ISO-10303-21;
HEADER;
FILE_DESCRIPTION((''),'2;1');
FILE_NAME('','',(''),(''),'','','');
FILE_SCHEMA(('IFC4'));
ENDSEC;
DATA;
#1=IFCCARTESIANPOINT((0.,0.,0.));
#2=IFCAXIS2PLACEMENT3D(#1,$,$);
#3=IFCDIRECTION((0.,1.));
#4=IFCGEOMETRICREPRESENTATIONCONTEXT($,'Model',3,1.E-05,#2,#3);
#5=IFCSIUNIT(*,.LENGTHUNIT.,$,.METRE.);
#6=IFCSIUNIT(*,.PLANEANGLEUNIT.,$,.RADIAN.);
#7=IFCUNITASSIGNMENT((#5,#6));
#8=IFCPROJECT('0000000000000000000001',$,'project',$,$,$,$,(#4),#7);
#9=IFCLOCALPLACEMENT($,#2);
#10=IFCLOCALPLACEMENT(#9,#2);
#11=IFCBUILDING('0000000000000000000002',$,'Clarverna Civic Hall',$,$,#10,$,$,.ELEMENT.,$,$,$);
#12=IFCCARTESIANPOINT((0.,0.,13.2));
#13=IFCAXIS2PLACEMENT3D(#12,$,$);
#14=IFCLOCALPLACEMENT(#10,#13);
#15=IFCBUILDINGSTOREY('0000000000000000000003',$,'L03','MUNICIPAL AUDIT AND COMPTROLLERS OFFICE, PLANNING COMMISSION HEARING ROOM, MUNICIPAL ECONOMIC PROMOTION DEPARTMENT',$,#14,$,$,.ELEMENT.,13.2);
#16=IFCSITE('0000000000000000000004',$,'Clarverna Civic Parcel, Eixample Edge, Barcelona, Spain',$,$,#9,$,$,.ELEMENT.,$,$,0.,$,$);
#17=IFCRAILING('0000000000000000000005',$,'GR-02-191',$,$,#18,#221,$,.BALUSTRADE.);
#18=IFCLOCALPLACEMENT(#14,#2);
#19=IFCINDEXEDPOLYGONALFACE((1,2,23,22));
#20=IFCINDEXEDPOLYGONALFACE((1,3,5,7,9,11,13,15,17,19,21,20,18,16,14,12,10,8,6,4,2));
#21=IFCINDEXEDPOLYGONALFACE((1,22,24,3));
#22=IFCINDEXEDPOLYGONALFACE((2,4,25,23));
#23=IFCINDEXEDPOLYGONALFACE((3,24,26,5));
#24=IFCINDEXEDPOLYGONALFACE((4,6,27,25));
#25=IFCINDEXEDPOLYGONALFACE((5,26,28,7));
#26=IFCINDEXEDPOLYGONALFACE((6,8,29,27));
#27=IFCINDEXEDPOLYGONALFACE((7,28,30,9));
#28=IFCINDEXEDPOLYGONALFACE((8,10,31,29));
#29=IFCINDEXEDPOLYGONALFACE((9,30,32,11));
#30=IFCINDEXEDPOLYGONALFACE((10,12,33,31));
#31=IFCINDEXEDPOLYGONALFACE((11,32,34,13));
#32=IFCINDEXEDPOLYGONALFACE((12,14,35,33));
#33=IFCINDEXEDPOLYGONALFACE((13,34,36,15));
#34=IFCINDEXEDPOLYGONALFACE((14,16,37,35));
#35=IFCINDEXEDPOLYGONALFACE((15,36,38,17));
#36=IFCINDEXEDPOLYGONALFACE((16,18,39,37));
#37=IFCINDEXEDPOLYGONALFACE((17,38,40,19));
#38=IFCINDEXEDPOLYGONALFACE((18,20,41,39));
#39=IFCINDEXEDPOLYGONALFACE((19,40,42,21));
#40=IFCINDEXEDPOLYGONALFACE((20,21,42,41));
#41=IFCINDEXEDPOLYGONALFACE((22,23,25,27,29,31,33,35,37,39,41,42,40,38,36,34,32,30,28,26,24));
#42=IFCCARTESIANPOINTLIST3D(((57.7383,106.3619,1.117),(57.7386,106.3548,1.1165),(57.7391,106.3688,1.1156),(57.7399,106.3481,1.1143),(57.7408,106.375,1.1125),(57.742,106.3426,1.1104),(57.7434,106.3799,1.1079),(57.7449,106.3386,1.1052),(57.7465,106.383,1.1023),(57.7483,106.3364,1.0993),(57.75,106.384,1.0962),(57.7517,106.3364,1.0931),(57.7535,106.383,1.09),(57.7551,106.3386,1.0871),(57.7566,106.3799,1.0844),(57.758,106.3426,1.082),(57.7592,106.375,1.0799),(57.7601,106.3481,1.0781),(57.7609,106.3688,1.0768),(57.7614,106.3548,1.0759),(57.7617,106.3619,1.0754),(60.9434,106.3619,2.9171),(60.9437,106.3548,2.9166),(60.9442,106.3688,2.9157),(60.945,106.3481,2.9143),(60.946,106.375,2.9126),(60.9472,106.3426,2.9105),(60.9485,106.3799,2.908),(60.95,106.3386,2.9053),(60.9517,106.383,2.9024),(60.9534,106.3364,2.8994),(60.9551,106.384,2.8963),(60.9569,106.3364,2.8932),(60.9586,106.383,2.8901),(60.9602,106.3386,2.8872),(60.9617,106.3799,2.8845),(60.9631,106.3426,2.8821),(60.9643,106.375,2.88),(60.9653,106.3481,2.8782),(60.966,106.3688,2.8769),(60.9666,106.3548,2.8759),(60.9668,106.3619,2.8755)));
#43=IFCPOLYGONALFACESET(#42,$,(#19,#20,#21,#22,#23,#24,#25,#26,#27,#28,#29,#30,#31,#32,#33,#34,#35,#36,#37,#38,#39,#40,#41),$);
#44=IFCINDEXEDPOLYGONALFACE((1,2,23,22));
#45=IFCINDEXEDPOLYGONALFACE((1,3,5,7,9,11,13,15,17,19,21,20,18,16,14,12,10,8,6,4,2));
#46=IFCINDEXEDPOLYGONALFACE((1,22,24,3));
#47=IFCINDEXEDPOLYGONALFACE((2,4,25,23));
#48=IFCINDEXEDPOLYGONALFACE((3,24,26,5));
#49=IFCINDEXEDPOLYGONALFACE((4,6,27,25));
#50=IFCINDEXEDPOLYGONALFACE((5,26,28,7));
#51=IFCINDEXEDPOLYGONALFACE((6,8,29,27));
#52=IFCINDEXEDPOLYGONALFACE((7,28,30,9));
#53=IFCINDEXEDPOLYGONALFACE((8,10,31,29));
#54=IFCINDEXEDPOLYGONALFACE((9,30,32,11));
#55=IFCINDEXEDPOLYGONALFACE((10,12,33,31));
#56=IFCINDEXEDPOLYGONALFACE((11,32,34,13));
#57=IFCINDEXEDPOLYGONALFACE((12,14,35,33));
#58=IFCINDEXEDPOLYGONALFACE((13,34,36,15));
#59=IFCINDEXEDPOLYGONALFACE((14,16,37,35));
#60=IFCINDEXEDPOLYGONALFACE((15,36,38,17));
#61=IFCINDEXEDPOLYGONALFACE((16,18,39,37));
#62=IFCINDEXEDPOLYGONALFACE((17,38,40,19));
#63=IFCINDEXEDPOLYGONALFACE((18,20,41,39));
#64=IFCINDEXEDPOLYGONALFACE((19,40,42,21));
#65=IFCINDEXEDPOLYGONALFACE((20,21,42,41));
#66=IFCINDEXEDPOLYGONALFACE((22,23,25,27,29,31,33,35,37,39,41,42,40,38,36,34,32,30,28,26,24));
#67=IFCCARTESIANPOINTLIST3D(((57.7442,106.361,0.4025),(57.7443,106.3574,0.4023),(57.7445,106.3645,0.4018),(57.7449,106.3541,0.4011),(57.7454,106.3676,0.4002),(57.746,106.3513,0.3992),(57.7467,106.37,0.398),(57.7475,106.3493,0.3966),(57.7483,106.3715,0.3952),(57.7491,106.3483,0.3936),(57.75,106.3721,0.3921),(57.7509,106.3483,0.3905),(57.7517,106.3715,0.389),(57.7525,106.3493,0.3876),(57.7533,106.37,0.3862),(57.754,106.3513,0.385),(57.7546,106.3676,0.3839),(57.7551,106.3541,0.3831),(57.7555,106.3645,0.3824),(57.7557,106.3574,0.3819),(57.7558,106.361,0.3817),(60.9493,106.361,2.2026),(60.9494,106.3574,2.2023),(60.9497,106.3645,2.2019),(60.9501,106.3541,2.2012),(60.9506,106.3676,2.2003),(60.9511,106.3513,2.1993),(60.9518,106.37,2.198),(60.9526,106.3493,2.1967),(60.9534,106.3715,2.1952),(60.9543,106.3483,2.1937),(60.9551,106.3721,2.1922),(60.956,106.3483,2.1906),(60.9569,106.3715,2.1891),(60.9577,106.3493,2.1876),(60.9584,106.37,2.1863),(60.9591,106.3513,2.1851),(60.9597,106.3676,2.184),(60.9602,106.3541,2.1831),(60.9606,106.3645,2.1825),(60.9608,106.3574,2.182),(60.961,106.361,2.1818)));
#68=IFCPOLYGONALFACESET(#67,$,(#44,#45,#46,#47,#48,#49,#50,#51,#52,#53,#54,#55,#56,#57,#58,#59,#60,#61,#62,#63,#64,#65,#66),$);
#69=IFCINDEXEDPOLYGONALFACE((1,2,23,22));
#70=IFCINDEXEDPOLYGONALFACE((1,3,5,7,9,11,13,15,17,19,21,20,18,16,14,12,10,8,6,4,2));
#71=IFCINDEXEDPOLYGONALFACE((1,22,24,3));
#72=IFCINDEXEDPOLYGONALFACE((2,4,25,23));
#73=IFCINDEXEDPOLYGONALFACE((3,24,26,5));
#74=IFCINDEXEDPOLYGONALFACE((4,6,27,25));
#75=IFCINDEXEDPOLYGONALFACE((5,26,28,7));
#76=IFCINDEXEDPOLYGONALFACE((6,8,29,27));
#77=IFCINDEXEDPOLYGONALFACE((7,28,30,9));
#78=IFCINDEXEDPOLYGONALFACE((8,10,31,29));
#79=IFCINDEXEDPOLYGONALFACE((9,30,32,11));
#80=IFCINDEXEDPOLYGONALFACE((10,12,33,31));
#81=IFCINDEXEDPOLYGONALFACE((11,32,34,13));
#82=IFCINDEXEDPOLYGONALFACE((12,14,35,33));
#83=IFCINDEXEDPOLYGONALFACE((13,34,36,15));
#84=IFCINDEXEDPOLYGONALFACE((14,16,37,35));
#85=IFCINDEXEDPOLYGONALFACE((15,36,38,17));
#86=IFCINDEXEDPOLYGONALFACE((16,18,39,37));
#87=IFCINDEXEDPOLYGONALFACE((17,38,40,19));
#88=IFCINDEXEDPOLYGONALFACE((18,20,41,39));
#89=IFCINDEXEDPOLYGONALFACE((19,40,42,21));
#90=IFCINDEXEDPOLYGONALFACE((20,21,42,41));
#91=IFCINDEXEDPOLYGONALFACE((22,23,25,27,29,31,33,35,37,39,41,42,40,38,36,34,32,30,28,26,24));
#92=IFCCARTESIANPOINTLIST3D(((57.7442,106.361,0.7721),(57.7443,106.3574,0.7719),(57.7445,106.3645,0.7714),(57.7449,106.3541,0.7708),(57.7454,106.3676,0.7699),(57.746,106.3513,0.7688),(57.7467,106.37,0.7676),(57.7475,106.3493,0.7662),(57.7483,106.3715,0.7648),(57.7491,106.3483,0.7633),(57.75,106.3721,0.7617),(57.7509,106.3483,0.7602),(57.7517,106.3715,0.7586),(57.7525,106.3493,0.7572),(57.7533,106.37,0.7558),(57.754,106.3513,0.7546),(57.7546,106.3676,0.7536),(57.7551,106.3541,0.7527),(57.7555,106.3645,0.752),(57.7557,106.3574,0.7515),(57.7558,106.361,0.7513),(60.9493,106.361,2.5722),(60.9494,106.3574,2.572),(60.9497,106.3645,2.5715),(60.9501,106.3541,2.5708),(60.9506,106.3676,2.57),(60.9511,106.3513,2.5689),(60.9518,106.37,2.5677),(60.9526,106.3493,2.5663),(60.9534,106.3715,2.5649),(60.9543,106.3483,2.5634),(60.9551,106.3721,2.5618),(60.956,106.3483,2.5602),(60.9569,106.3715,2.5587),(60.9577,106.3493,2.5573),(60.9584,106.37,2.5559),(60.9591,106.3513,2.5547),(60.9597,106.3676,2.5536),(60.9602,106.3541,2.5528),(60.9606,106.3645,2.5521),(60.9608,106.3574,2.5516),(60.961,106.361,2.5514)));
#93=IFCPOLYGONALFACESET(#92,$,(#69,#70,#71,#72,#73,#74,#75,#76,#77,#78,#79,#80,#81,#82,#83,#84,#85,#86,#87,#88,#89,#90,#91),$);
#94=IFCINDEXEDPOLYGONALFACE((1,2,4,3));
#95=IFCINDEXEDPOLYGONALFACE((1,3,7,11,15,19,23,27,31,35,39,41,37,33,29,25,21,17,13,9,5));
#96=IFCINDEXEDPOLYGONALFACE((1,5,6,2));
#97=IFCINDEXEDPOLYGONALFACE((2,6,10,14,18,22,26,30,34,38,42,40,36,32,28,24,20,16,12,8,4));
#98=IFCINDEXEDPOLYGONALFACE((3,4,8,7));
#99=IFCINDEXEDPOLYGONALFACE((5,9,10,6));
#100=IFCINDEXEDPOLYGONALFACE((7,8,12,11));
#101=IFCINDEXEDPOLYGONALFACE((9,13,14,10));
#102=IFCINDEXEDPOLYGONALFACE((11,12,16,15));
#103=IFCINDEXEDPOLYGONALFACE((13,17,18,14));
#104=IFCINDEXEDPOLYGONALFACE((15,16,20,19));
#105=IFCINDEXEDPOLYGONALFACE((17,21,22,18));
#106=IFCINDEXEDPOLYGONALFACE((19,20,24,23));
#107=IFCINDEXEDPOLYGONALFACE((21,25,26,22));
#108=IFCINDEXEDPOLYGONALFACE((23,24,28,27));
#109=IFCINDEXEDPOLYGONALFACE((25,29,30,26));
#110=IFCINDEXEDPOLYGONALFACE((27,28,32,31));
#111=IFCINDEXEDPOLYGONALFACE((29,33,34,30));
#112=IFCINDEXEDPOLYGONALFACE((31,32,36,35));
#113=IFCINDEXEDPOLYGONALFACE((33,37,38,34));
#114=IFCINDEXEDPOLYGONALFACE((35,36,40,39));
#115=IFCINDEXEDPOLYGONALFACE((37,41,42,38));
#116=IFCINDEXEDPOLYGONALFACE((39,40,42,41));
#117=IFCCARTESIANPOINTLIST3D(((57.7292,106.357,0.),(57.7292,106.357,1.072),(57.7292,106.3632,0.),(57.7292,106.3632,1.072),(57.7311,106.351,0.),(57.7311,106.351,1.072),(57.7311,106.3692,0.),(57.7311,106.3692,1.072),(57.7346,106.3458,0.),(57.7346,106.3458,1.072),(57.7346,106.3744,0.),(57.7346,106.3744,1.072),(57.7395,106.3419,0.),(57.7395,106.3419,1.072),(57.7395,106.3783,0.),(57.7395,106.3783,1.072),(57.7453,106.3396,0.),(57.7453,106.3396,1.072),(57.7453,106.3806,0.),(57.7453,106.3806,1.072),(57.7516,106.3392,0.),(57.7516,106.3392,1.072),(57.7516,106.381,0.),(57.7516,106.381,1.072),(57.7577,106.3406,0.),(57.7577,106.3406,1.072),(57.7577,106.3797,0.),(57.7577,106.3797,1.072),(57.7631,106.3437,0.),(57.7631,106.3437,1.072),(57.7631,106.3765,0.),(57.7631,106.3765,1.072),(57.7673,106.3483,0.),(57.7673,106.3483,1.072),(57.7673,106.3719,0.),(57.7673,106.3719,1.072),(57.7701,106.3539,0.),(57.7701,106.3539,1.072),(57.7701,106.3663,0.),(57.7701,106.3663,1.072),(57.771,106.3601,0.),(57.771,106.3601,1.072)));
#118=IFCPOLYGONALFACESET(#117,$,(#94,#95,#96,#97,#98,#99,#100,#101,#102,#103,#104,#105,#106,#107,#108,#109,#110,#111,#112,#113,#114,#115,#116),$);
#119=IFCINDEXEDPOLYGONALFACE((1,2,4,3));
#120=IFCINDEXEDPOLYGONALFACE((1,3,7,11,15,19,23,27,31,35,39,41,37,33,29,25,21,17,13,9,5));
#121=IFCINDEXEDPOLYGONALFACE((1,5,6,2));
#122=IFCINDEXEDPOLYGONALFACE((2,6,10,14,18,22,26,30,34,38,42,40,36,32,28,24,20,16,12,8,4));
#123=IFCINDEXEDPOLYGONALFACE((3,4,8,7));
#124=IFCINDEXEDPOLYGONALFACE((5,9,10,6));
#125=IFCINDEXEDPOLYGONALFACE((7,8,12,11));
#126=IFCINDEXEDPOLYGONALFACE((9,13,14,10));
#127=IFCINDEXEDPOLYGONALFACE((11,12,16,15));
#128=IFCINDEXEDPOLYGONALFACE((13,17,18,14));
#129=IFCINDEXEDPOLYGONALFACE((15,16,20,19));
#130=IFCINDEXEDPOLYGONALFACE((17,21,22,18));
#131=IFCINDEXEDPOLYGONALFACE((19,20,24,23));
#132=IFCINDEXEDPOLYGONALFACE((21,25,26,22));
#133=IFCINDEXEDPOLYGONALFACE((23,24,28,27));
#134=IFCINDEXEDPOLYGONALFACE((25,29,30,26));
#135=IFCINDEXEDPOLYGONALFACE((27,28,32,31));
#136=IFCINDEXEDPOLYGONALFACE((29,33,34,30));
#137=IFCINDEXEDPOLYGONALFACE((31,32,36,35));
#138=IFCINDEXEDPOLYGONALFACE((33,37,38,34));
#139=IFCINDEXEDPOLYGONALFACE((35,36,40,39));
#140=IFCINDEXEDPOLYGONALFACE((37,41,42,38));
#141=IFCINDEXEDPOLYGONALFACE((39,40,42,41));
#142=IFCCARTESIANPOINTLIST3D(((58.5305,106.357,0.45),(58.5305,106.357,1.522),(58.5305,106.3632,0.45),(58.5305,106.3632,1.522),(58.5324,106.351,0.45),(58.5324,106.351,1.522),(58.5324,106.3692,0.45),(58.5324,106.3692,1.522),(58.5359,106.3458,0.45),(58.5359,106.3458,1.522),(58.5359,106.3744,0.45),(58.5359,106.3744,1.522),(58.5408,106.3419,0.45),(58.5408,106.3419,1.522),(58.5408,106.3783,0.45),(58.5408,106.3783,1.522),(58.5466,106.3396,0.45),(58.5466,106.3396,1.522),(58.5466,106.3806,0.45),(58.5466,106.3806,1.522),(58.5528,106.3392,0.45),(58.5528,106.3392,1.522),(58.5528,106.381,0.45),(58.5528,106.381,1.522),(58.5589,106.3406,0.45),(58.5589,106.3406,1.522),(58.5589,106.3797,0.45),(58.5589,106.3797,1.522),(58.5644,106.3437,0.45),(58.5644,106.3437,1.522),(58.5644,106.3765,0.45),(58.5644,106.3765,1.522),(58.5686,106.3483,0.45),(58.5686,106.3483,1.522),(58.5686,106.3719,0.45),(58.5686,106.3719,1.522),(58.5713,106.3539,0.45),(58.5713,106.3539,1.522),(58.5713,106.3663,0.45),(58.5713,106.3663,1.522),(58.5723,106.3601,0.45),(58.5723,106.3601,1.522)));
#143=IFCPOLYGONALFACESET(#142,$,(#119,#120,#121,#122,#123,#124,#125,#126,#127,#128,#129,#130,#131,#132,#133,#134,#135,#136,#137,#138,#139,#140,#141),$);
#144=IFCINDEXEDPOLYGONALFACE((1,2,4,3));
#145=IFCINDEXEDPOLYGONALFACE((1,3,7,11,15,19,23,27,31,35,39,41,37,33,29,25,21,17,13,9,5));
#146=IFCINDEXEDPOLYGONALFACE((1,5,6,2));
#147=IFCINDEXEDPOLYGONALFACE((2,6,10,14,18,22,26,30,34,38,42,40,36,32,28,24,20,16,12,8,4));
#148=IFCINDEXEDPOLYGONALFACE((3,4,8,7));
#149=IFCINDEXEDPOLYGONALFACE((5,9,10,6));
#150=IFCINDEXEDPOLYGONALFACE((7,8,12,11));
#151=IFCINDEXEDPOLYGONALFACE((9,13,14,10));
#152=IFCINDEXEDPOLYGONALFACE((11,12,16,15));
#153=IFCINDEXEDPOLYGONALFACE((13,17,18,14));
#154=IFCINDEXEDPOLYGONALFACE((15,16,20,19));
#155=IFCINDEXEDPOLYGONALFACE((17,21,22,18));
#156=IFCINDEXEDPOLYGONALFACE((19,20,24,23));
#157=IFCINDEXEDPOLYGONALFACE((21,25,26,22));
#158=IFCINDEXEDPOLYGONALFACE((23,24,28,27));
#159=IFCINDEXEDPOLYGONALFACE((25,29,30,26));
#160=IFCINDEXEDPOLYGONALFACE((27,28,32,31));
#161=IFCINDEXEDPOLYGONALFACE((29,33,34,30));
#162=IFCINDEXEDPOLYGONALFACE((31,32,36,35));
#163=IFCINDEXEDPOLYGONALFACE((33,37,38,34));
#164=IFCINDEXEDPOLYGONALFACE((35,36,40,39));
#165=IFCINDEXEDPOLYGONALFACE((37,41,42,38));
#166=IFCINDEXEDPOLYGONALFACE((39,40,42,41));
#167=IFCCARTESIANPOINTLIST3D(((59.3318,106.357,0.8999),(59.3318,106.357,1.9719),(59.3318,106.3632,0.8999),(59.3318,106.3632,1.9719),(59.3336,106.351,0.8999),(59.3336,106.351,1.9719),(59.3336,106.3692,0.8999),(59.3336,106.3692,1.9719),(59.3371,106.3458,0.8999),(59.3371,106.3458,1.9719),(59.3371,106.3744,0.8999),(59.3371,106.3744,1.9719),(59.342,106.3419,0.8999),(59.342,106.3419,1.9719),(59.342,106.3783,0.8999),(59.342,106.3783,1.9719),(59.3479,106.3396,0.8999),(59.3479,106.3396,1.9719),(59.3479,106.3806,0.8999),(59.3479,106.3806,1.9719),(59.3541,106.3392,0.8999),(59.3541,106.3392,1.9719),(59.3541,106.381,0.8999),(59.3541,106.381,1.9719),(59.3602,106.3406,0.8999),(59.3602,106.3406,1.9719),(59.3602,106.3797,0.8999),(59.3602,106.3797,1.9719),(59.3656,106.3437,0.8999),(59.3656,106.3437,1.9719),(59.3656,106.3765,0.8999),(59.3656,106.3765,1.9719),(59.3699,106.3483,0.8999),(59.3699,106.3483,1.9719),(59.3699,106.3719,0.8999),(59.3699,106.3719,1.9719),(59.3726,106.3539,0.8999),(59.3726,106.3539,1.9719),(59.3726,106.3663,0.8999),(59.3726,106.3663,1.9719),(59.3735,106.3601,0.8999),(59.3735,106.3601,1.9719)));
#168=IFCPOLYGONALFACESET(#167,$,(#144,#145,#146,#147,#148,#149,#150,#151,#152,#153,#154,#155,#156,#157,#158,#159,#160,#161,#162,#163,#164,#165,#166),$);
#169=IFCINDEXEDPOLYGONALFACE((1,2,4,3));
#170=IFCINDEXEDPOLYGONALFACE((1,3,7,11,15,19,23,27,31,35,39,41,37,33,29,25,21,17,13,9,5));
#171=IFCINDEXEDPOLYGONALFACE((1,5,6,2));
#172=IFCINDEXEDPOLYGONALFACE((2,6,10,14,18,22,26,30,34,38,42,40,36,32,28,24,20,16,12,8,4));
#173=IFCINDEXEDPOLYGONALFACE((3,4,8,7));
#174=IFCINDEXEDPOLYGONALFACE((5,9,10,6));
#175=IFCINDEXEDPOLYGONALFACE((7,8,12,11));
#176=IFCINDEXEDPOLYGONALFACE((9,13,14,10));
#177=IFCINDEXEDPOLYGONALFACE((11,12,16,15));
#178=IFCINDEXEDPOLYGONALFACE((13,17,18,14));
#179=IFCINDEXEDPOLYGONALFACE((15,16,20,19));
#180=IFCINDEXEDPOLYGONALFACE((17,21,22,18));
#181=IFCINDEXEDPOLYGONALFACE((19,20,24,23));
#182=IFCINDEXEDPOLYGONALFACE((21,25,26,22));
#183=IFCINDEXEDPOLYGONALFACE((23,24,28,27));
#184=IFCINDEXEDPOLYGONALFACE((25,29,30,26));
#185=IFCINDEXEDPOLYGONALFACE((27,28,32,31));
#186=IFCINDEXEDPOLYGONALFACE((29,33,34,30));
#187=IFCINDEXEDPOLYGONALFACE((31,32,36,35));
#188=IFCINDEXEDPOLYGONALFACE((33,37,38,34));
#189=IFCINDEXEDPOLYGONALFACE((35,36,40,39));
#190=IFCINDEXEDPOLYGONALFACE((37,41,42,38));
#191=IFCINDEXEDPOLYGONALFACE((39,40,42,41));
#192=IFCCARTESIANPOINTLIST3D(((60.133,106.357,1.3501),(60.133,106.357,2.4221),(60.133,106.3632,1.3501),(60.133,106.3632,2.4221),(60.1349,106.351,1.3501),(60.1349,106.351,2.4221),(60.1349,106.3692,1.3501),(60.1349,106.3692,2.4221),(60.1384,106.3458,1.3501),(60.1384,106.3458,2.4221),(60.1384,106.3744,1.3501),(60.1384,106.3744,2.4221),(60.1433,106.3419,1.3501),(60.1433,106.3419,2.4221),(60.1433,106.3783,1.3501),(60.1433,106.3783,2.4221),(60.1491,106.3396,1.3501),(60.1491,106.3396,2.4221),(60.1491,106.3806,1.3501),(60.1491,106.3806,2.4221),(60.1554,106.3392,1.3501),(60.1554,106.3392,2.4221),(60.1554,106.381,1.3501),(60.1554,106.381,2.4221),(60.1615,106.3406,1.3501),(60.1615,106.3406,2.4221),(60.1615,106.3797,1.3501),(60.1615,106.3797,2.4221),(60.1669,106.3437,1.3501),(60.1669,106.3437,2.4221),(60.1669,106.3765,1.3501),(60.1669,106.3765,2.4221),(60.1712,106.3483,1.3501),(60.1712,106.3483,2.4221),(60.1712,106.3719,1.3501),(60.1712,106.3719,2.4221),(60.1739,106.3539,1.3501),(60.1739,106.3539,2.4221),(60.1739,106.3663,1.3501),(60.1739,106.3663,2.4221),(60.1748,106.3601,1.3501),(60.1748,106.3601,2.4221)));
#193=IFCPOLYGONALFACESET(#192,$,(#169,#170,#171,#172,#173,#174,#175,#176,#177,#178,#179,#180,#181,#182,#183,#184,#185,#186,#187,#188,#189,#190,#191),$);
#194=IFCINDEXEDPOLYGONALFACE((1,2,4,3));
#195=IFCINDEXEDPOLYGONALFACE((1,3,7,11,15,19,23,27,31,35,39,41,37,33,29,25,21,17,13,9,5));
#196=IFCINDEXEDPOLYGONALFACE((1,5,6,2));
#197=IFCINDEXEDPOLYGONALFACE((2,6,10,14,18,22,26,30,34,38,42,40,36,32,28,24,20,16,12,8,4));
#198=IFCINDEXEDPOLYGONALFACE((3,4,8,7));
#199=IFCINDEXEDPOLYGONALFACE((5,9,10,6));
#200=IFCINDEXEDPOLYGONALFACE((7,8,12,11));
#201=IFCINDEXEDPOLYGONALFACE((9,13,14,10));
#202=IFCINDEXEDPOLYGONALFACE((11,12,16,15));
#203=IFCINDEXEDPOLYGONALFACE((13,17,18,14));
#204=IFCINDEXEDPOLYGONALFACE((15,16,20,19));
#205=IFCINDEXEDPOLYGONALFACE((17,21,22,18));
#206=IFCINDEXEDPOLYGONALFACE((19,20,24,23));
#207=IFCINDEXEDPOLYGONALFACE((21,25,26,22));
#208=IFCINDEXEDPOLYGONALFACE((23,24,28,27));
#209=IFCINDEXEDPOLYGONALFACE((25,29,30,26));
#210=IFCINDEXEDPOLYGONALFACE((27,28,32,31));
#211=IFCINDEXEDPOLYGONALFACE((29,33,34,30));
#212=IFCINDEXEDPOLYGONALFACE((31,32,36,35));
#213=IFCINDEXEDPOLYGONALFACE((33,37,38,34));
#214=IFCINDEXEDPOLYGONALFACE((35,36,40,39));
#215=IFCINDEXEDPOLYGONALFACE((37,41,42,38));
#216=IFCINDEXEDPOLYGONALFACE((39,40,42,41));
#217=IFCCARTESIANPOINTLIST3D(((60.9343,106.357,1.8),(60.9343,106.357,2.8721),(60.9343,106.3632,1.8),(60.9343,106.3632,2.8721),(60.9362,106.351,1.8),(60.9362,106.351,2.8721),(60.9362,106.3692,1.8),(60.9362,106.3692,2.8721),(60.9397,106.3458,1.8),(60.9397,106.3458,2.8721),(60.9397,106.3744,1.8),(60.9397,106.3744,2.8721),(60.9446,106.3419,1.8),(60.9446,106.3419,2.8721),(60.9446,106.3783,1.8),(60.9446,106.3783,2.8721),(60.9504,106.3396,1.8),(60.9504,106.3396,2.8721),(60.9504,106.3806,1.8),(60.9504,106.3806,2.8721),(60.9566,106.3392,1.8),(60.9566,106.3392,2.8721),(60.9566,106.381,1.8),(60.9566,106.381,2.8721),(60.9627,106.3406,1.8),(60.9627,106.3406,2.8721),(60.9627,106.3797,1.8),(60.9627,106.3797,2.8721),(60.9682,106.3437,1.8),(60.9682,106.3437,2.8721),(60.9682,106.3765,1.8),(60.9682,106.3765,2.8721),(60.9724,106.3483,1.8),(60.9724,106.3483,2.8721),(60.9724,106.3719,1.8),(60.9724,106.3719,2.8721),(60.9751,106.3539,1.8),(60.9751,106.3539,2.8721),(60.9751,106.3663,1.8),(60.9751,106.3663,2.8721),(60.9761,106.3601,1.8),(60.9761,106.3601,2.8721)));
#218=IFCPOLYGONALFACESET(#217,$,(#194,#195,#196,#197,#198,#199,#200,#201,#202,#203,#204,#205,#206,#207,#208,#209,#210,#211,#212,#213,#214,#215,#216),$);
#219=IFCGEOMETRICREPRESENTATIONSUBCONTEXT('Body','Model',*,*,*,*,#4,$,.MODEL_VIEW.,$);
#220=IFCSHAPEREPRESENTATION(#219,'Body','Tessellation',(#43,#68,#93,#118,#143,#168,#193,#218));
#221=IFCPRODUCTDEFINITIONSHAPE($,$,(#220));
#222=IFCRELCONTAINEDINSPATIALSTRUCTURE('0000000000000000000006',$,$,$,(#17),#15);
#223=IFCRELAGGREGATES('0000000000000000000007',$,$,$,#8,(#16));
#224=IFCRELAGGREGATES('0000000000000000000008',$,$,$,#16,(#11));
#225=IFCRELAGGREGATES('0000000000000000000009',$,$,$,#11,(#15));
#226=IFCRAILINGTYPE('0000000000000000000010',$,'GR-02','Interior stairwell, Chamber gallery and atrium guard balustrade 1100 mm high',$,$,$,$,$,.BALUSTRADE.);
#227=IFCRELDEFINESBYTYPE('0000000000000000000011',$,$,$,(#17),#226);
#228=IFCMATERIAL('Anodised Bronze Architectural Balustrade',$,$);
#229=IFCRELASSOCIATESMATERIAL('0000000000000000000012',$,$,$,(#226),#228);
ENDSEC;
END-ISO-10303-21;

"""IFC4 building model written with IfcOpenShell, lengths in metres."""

from ifc_helpers import new_model, si_unit, direction, frame, origin, origin_2d, place, context, subcontext, project, spatial, circle, extrude, material, type_object, element, save


model = new_model("IFC4")

# Units and contexts
model_context = context("Model", 3, precision=1e-05, world=origin(), true_north=direction((0.0, 1.0)))
body_context = subcontext(model_context, "Body", "Model", "MODEL_VIEW")
ifc_project = project(units=[si_unit("LENGTHUNIT", "METRE"), si_unit("PLANEANGLEUNIT", "RADIAN")], contexts=[model_context])

# Site, building, storey
site_placement = place(None, origin())
site = spatial("IfcSite", under=ifc_project, at=site_placement, Name="Clarverna Civic Parcel, Eixample Edge, Barcelona, Spain", CompositionType="ELEMENT", RefElevation=0.0)
building_placement = place(site_placement, origin())
building = spatial("IfcBuilding", under=site, at=building_placement, Name="Clarverna Civic Hall", CompositionType="ELEMENT")
storey_placement = place(building_placement, frame((0.0, 0.0, 13.2)))
storey = spatial("IfcBuildingStorey", under=building, at=storey_placement, Name="L03", Description="MUNICIPAL AUDIT AND COMPTROLLERS OFFICE, PLANNING COMMISSION HEARING ROOM, MUNICIPAL ECONOMIC PROMOTION DEPARTMENT", CompositionType="ELEMENT", Elevation=13.2)

# Railing
ifc_material_1 = material(Name="Anodised Bronze Architectural Balustrade")
railing_type_1 = type_object("IfcRailingType", Name="GR-02", Description="Interior stairwell, Chamber gallery and atrium guard balustrade 1100 mm high", PredefinedType="BALUSTRADE", material=ifc_material_1)
railing_1_placement = place(storey_placement, frame((57.75, 106.3601, 0.0)))
element("IfcRailing", 1, at=railing_1_placement, inside=storey, type_object=railing_type_1, Name="GR-02-191", PredefinedType="BALUSTRADE", context=body_context, shape_type="SweptSolid", body=[
    extrude(circle(Radius=0.0239, at=origin_2d()), frame((0.0, 0.0, 1.0962), z_axis=(0.871902, 0.0, 0.489681), x_axis=(0.0, 1.0, 0.0)), (0.0, 0.0, 1.0), 3.676),
    extrude(circle(Radius=0.012, at=origin_2d()), frame((0.0, 0.0, 0.3921), z_axis=(0.871902, 0.0, 0.489681), x_axis=(0.0, 1.0, 0.0)), (0.0, 0.0, 1.0), 3.676),
    extrude(circle(Radius=0.012, at=origin_2d()), frame((0.0, 0.0, 0.7617), z_axis=(0.871902, 0.0, 0.489681), x_axis=(0.0, 1.0, 0.0)), (0.0, 0.0, 1.0), 3.676),
    extrude(circle(Radius=0.021, at=origin_2d()), origin(), (0.0, 0.0, 1.0), 1.072),
    extrude(circle(Radius=0.021, at=origin_2d()), frame((0.8013, 0.0, 0.45)), (0.0, 0.0, 1.0), 1.072),
    extrude(circle(Radius=0.021, at=origin_2d()), frame((1.6025, 0.0, 0.8999)), (0.0, 0.0, 1.0), 1.072),
    extrude(circle(Radius=0.021, at=origin_2d()), frame((2.4038, 0.0, 1.3501)), (0.0, 0.0, 1.0), 1.072),
    extrude(circle(Radius=0.021, at=origin_2d()), frame((3.2051, 0.0, 1.8)), (0.0, 0.0, 1.0), 1.072),
])

save(model, "model.ifc")
